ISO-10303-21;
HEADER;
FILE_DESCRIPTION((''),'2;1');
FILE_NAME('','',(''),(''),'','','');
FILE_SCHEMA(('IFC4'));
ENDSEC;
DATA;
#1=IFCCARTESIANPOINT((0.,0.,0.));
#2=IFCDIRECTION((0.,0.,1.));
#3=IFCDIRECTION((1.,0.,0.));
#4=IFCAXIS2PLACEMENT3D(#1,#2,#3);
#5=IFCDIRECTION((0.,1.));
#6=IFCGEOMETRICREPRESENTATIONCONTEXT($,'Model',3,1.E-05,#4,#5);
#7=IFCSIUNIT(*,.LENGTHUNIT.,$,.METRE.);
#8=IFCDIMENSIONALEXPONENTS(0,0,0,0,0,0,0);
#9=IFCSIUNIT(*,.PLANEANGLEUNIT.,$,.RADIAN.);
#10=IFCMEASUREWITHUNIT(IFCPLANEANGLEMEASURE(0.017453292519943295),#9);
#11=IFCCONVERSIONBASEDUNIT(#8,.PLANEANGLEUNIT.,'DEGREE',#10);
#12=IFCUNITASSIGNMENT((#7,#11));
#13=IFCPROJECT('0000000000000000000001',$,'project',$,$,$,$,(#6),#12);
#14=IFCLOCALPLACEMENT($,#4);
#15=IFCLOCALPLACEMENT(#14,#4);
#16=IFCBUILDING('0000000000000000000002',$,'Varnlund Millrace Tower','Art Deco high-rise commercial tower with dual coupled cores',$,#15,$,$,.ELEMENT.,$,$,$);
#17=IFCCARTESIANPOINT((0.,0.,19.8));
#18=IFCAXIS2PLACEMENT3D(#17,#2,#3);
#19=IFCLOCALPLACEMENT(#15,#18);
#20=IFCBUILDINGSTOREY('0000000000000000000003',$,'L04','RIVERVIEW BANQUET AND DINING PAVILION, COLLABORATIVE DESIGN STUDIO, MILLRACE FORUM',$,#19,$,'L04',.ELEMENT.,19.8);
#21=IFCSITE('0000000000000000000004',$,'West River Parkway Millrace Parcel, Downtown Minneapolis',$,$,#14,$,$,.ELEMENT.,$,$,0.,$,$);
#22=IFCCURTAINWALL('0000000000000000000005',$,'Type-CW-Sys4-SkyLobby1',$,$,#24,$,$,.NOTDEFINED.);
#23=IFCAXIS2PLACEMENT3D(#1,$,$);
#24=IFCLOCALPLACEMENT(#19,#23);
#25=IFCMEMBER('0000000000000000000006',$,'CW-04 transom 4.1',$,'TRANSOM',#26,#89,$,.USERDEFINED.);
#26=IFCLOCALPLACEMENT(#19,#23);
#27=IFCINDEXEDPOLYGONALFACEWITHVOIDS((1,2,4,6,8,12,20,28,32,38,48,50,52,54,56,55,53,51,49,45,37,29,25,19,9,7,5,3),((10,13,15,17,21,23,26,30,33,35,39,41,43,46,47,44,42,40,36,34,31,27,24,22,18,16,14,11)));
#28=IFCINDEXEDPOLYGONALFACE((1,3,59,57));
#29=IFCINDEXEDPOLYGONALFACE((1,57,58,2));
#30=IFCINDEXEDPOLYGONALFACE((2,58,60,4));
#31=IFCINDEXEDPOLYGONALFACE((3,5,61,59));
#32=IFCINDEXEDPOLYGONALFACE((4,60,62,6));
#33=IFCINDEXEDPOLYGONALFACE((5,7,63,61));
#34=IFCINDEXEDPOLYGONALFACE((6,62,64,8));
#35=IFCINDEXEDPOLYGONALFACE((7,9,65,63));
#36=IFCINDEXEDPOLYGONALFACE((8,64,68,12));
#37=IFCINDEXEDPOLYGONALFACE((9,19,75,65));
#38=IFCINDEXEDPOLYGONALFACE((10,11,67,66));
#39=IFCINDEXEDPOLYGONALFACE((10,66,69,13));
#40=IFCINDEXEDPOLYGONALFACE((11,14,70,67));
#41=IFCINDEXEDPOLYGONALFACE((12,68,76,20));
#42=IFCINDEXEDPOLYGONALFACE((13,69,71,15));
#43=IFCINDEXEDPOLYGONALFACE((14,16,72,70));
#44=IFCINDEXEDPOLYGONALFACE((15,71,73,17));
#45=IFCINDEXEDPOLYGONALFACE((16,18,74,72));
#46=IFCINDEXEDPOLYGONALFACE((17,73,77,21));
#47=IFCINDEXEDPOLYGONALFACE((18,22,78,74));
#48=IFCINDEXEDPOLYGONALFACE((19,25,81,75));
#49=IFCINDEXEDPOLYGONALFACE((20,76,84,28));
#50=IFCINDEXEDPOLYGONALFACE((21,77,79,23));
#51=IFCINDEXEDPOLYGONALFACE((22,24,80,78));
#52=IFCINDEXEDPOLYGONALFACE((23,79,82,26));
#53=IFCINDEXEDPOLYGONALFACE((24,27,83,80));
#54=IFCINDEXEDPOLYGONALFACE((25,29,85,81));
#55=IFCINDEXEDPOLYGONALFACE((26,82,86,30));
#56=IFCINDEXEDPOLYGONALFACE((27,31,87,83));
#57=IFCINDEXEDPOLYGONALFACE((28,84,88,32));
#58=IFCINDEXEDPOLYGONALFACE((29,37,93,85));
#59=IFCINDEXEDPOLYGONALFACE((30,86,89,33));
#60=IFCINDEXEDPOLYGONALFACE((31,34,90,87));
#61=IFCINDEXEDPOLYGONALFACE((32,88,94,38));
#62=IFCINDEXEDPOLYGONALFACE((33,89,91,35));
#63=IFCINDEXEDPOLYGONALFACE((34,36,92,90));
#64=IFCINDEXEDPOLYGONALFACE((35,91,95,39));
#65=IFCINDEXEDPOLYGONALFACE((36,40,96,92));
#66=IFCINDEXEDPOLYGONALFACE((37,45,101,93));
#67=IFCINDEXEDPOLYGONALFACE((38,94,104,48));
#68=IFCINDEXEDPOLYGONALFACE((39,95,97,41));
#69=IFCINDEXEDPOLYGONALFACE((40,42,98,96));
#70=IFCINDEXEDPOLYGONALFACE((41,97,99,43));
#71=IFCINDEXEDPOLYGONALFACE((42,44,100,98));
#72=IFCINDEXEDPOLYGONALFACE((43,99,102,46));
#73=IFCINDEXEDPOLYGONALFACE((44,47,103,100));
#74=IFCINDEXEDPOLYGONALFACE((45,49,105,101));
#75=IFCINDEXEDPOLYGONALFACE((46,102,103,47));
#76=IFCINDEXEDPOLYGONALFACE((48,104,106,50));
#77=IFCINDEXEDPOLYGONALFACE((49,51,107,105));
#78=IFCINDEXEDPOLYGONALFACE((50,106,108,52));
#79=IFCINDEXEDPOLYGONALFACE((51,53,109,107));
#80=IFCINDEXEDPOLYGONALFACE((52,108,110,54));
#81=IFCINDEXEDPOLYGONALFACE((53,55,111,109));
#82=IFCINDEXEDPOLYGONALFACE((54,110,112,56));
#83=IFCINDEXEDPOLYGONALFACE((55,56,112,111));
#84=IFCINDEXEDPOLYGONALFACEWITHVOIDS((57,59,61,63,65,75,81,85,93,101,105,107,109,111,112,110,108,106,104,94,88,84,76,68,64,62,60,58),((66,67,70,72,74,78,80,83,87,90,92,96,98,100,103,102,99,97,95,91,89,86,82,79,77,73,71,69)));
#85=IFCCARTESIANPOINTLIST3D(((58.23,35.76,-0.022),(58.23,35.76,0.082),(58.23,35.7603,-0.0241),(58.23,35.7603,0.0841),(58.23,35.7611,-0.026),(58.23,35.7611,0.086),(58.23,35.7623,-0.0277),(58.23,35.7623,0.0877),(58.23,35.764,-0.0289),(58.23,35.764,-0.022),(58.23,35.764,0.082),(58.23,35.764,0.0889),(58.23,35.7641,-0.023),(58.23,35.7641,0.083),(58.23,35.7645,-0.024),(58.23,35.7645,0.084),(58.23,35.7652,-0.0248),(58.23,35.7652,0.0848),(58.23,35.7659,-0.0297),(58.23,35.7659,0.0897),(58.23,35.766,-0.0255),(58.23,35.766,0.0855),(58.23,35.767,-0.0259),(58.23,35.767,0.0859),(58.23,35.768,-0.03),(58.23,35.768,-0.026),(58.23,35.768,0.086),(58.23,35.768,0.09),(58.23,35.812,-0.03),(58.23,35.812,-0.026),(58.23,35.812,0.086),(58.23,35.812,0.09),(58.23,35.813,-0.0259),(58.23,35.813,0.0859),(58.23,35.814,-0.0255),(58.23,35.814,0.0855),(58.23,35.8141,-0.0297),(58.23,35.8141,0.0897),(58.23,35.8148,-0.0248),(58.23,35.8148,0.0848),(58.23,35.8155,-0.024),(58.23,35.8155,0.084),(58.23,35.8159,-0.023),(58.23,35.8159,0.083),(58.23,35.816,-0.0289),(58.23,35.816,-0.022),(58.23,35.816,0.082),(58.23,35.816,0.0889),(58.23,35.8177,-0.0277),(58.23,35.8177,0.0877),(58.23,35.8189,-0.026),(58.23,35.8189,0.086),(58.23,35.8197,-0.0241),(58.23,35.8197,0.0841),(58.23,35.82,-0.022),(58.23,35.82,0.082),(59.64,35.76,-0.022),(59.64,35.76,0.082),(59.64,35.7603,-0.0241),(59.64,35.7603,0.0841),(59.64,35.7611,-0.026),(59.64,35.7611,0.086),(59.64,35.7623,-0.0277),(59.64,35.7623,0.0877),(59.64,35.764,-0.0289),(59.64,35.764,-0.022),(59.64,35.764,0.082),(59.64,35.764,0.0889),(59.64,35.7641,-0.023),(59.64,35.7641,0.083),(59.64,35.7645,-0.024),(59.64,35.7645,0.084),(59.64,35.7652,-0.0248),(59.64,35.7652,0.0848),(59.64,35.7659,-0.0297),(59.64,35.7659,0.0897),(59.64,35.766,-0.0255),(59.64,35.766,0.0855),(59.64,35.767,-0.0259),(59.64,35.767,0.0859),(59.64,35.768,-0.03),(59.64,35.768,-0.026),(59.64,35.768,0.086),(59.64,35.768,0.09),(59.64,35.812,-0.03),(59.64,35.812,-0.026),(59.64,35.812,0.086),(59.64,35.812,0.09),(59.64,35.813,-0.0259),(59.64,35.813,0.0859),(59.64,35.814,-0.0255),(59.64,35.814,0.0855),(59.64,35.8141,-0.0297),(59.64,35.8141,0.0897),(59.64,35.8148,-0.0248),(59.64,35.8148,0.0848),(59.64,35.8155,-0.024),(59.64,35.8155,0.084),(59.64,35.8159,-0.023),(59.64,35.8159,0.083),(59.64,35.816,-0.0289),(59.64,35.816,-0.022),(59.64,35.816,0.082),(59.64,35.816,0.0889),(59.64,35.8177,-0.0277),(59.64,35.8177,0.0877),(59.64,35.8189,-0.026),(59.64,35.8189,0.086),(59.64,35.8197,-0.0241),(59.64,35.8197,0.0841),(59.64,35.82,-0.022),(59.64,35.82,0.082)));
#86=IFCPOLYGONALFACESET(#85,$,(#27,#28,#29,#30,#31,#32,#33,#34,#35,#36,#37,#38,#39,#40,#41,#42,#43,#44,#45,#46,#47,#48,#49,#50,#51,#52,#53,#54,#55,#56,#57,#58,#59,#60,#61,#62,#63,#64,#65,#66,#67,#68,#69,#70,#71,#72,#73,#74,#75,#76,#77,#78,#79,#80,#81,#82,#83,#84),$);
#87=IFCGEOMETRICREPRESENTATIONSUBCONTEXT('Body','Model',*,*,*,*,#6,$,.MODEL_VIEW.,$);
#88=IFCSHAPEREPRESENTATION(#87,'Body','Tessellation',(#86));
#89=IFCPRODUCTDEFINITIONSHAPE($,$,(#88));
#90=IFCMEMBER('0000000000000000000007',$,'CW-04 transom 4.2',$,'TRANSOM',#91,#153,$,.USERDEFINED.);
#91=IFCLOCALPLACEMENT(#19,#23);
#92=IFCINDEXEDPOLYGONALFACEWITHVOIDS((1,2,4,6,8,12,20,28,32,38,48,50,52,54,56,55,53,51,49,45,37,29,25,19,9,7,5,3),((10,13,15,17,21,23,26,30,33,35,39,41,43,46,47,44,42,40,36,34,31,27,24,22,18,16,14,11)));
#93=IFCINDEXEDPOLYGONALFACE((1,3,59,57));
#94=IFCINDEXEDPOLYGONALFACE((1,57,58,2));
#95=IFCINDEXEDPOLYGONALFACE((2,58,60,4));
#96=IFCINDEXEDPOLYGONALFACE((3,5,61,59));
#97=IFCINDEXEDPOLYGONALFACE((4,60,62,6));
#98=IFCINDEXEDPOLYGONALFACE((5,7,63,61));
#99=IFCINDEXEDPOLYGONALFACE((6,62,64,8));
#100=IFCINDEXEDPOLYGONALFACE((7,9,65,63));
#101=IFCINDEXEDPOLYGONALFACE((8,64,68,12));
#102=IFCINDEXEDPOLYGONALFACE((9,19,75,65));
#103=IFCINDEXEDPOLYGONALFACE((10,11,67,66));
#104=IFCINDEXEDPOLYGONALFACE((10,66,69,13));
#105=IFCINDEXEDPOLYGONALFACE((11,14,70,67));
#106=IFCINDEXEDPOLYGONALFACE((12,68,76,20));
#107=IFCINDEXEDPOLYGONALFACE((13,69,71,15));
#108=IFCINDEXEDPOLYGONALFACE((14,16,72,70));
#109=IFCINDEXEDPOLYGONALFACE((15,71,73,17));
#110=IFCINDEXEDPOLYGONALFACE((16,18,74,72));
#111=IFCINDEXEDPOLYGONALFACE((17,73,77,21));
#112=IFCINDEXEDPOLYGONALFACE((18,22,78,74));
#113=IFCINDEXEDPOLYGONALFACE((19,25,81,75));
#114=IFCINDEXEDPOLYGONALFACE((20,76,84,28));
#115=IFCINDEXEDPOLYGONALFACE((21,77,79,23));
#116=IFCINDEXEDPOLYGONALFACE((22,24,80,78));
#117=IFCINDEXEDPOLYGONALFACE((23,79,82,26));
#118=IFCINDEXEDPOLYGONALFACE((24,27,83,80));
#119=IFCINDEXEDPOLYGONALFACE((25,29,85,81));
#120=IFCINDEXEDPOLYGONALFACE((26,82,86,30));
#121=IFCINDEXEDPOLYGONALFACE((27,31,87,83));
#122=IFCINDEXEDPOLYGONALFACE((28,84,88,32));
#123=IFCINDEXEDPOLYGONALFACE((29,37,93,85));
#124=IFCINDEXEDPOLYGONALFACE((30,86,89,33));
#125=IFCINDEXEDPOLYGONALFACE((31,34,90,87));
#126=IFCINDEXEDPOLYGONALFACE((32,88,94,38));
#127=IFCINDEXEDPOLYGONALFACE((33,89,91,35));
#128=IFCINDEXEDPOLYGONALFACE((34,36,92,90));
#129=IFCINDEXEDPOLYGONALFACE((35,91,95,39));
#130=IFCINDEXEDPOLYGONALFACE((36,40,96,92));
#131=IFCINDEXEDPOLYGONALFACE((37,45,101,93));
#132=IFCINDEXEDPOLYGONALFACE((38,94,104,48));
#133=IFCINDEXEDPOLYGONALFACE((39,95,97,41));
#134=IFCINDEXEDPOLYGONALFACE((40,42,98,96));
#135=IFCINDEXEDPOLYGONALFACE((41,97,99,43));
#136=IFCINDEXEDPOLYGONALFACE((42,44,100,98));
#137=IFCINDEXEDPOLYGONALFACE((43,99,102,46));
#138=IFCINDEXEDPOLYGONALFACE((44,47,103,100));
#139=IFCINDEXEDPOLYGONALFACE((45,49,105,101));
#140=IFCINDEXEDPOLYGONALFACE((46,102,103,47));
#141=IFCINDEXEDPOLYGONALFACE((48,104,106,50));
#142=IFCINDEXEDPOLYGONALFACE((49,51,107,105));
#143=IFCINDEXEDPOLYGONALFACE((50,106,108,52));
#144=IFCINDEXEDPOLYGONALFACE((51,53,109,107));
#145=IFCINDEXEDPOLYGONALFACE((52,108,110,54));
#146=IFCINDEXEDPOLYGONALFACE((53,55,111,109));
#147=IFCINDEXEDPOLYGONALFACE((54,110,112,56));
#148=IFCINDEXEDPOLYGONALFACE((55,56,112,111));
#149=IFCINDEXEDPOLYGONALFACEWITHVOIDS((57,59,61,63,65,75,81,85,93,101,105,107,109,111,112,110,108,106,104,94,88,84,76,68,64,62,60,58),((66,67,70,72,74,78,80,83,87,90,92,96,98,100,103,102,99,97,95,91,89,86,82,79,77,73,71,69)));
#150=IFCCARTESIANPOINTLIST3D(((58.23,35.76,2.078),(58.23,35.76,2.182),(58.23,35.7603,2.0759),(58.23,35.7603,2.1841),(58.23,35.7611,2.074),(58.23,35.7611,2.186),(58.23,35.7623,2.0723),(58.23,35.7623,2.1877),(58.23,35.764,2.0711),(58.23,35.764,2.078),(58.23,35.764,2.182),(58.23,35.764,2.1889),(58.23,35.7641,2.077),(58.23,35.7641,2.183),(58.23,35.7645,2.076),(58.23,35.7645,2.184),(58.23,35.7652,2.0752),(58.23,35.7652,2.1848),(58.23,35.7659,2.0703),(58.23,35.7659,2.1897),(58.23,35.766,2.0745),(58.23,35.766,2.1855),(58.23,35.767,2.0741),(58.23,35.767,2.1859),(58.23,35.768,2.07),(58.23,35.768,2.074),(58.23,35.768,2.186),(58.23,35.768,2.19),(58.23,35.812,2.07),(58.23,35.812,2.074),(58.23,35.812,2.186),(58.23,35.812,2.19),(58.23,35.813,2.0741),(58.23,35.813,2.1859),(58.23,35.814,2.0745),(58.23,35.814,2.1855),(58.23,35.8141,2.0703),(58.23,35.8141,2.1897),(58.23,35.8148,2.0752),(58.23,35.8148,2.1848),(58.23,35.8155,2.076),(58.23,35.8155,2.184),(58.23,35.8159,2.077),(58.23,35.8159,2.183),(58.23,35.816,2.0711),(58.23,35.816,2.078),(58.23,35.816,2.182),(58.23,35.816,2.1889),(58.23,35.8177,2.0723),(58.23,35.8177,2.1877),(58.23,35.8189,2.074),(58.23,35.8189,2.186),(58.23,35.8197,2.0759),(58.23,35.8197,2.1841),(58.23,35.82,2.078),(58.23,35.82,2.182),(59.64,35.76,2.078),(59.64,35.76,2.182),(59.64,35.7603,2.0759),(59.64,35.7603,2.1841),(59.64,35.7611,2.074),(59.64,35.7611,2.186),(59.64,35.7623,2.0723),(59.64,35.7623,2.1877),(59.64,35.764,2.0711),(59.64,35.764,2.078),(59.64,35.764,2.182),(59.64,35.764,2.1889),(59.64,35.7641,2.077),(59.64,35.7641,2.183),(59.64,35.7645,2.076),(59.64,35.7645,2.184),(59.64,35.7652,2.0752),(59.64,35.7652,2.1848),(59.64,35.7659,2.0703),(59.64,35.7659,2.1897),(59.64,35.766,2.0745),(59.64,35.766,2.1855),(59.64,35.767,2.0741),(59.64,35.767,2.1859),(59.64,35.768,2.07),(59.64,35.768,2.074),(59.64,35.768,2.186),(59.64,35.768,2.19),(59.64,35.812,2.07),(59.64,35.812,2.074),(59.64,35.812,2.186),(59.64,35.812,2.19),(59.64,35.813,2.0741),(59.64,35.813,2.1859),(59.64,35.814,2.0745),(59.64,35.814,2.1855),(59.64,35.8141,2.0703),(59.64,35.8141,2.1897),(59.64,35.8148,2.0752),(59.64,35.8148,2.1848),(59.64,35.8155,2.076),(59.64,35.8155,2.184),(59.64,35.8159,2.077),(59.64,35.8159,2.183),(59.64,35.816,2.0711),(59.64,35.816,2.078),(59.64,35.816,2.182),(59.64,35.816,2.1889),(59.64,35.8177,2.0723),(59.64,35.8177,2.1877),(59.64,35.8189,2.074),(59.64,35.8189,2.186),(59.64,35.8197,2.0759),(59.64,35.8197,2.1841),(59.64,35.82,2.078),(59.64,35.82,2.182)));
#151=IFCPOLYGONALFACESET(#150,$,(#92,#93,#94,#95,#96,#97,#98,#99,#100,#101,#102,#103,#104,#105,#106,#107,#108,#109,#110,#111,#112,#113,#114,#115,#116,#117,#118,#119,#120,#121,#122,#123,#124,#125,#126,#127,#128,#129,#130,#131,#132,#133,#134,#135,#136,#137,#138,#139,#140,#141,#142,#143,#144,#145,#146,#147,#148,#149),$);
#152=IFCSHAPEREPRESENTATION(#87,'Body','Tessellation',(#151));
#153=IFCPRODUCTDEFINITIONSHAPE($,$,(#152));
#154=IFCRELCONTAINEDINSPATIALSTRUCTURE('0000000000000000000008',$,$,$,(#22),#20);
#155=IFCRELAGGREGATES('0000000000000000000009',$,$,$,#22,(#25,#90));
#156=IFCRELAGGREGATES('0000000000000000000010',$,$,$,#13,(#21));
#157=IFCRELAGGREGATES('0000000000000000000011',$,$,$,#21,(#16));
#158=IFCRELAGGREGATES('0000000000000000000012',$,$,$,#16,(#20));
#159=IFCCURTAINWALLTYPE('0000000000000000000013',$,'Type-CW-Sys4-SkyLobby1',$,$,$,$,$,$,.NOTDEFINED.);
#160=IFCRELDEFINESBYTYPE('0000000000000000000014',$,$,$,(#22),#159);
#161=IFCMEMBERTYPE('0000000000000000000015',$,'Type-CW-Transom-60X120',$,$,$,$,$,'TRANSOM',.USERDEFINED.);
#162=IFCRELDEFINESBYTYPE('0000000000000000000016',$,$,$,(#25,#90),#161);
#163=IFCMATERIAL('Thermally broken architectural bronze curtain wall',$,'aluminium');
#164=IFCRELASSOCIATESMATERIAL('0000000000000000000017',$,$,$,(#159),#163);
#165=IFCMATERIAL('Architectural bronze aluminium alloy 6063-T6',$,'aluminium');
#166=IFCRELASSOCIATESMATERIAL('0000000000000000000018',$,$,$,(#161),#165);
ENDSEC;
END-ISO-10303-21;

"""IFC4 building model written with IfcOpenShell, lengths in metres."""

from ifc_helpers import new_model, entity, si_unit, converted_unit, direction, frame, origin_with_axes, origin_2d_with_axis, place, context, subcontext, project, spatial, hollow_rectangle, extrude, material, material_profile, profile_set, type_object, element, aggregate, save


model = new_model("IFC4")

# Units and contexts
model_context = context("Model", 3, precision=1e-05, world=origin_with_axes(), true_north=direction((0.0, 1.0)))
body_context = subcontext(model_context, "Body", "Model", "MODEL_VIEW")
ifc_project = project(units=[si_unit("LENGTHUNIT", "METRE"), converted_unit("PLANEANGLEUNIT", "DEGREE", entity("IfcPlaneAngleMeasure", 0.017453292519943295), si_unit("PLANEANGLEUNIT", "RADIAN"), dimensions=[0, 0, 0, 0, 0, 0, 0])], contexts=[model_context])

# Site, building, storey
site_placement = place(None, origin_with_axes())
site = spatial("IfcSite", under=ifc_project, at=site_placement, Name="West River Parkway Millrace Parcel, Downtown Minneapolis", CompositionType="ELEMENT", RefElevation=0.0)
building_placement = place(site_placement, origin_with_axes())
building = spatial("IfcBuilding", under=site, at=building_placement, Name="Varnlund Millrace Tower", Description="Art Deco high-rise commercial tower with dual coupled cores", CompositionType="ELEMENT")
storey_placement = place(building_placement, frame((0.0, 0.0, 19.8), z_axis=(0.0, 0.0, 1.0), x_axis=(1.0, 0.0, 0.0)))
storey = spatial("IfcBuildingStorey", under=building, at=storey_placement, Name="L04", Description="RIVERVIEW BANQUET AND DINING PAVILION, COLLABORATIVE DESIGN STUDIO, MILLRACE FORUM", LongName="L04", CompositionType="ELEMENT", Elevation=19.8)

# Curtain wall, members
ifc_material_1 = material(Name="Thermally broken architectural bronze curtain wall", Category="aluminium")
curtain_wall_type = type_object("IfcCurtainWallType", Name="Type-CW-Sys4-SkyLobby1", PredefinedType="NOTDEFINED", material=ifc_material_1)
curtain_wall_placement = place(storey_placement, frame((53.7, 35.79, 0.0), z_axis=(0.0, 0.0, 1.0), x_axis=(1.0, 0.0, 0.0)))
curtain_wall = element("IfcCurtainWall", 1, at=curtain_wall_placement, inside=storey, type_object=curtain_wall_type, Name="Type-CW-Sys4-SkyLobby1", PredefinedType="NOTDEFINED")
ifc_material_2 = material(Name="Architectural bronze aluminium alloy 6063-T6", Category="aluminium")
ifc_material_profile_1 = material_profile(ifc_material_2, hollow_rectangle(XDim=0.06, YDim=0.12, WallThickness=0.004, InnerFilletRadius=0.004, OuterFilletRadius=0.008, at=origin_2d_with_axis()), Name="Architectural bronze aluminium alloy 6063-T6")
ifc_profile_set_1 = profile_set([ifc_material_profile_1], Name="Architectural bronze aluminium alloy 6063-T6")
member_type_1 = type_object("IfcMemberType", Name="Type-CW-Transom-60X120", ElementType="TRANSOM", PredefinedType="USERDEFINED", material=ifc_profile_set_1)
member_1_placement = place(storey_placement, frame((58.23, 35.79, 0.03), z_axis=(1.0, 0.0, 0.0), x_axis=(0.0, 1.0, 0.0)))
member_1 = element("IfcMember", 2, at=member_1_placement, type_object=member_type_1, Name="CW-04 transom 4.1", ObjectType="TRANSOM", PredefinedType="USERDEFINED", context=body_context, shape_type="SweptSolid", body=[
    extrude(hollow_rectangle(XDim=0.06, YDim=0.12, WallThickness=0.004, InnerFilletRadius=0.004, OuterFilletRadius=0.008, at=origin_2d_with_axis()), origin_with_axes(), (0.0, 0.0, 1.0), 1.41),
])
member_2_placement = place(storey_placement, frame((58.23, 35.79, 2.13), z_axis=(1.0, 0.0, 0.0), x_axis=(0.0, 1.0, 0.0)))
member_2 = element("IfcMember", 3, at=member_2_placement, type_object=member_type_1, Name="CW-04 transom 4.2", ObjectType="TRANSOM", PredefinedType="USERDEFINED", context=body_context, shape_type="SweptSolid", body=[
    extrude(hollow_rectangle(XDim=0.06, YDim=0.12, WallThickness=0.004, InnerFilletRadius=0.004, OuterFilletRadius=0.008, at=origin_2d_with_axis()), origin_with_axes(), (0.0, 0.0, 1.0), 1.41),
])
aggregate(curtain_wall, [member_1, member_2])

save(model, "model.ifc")
